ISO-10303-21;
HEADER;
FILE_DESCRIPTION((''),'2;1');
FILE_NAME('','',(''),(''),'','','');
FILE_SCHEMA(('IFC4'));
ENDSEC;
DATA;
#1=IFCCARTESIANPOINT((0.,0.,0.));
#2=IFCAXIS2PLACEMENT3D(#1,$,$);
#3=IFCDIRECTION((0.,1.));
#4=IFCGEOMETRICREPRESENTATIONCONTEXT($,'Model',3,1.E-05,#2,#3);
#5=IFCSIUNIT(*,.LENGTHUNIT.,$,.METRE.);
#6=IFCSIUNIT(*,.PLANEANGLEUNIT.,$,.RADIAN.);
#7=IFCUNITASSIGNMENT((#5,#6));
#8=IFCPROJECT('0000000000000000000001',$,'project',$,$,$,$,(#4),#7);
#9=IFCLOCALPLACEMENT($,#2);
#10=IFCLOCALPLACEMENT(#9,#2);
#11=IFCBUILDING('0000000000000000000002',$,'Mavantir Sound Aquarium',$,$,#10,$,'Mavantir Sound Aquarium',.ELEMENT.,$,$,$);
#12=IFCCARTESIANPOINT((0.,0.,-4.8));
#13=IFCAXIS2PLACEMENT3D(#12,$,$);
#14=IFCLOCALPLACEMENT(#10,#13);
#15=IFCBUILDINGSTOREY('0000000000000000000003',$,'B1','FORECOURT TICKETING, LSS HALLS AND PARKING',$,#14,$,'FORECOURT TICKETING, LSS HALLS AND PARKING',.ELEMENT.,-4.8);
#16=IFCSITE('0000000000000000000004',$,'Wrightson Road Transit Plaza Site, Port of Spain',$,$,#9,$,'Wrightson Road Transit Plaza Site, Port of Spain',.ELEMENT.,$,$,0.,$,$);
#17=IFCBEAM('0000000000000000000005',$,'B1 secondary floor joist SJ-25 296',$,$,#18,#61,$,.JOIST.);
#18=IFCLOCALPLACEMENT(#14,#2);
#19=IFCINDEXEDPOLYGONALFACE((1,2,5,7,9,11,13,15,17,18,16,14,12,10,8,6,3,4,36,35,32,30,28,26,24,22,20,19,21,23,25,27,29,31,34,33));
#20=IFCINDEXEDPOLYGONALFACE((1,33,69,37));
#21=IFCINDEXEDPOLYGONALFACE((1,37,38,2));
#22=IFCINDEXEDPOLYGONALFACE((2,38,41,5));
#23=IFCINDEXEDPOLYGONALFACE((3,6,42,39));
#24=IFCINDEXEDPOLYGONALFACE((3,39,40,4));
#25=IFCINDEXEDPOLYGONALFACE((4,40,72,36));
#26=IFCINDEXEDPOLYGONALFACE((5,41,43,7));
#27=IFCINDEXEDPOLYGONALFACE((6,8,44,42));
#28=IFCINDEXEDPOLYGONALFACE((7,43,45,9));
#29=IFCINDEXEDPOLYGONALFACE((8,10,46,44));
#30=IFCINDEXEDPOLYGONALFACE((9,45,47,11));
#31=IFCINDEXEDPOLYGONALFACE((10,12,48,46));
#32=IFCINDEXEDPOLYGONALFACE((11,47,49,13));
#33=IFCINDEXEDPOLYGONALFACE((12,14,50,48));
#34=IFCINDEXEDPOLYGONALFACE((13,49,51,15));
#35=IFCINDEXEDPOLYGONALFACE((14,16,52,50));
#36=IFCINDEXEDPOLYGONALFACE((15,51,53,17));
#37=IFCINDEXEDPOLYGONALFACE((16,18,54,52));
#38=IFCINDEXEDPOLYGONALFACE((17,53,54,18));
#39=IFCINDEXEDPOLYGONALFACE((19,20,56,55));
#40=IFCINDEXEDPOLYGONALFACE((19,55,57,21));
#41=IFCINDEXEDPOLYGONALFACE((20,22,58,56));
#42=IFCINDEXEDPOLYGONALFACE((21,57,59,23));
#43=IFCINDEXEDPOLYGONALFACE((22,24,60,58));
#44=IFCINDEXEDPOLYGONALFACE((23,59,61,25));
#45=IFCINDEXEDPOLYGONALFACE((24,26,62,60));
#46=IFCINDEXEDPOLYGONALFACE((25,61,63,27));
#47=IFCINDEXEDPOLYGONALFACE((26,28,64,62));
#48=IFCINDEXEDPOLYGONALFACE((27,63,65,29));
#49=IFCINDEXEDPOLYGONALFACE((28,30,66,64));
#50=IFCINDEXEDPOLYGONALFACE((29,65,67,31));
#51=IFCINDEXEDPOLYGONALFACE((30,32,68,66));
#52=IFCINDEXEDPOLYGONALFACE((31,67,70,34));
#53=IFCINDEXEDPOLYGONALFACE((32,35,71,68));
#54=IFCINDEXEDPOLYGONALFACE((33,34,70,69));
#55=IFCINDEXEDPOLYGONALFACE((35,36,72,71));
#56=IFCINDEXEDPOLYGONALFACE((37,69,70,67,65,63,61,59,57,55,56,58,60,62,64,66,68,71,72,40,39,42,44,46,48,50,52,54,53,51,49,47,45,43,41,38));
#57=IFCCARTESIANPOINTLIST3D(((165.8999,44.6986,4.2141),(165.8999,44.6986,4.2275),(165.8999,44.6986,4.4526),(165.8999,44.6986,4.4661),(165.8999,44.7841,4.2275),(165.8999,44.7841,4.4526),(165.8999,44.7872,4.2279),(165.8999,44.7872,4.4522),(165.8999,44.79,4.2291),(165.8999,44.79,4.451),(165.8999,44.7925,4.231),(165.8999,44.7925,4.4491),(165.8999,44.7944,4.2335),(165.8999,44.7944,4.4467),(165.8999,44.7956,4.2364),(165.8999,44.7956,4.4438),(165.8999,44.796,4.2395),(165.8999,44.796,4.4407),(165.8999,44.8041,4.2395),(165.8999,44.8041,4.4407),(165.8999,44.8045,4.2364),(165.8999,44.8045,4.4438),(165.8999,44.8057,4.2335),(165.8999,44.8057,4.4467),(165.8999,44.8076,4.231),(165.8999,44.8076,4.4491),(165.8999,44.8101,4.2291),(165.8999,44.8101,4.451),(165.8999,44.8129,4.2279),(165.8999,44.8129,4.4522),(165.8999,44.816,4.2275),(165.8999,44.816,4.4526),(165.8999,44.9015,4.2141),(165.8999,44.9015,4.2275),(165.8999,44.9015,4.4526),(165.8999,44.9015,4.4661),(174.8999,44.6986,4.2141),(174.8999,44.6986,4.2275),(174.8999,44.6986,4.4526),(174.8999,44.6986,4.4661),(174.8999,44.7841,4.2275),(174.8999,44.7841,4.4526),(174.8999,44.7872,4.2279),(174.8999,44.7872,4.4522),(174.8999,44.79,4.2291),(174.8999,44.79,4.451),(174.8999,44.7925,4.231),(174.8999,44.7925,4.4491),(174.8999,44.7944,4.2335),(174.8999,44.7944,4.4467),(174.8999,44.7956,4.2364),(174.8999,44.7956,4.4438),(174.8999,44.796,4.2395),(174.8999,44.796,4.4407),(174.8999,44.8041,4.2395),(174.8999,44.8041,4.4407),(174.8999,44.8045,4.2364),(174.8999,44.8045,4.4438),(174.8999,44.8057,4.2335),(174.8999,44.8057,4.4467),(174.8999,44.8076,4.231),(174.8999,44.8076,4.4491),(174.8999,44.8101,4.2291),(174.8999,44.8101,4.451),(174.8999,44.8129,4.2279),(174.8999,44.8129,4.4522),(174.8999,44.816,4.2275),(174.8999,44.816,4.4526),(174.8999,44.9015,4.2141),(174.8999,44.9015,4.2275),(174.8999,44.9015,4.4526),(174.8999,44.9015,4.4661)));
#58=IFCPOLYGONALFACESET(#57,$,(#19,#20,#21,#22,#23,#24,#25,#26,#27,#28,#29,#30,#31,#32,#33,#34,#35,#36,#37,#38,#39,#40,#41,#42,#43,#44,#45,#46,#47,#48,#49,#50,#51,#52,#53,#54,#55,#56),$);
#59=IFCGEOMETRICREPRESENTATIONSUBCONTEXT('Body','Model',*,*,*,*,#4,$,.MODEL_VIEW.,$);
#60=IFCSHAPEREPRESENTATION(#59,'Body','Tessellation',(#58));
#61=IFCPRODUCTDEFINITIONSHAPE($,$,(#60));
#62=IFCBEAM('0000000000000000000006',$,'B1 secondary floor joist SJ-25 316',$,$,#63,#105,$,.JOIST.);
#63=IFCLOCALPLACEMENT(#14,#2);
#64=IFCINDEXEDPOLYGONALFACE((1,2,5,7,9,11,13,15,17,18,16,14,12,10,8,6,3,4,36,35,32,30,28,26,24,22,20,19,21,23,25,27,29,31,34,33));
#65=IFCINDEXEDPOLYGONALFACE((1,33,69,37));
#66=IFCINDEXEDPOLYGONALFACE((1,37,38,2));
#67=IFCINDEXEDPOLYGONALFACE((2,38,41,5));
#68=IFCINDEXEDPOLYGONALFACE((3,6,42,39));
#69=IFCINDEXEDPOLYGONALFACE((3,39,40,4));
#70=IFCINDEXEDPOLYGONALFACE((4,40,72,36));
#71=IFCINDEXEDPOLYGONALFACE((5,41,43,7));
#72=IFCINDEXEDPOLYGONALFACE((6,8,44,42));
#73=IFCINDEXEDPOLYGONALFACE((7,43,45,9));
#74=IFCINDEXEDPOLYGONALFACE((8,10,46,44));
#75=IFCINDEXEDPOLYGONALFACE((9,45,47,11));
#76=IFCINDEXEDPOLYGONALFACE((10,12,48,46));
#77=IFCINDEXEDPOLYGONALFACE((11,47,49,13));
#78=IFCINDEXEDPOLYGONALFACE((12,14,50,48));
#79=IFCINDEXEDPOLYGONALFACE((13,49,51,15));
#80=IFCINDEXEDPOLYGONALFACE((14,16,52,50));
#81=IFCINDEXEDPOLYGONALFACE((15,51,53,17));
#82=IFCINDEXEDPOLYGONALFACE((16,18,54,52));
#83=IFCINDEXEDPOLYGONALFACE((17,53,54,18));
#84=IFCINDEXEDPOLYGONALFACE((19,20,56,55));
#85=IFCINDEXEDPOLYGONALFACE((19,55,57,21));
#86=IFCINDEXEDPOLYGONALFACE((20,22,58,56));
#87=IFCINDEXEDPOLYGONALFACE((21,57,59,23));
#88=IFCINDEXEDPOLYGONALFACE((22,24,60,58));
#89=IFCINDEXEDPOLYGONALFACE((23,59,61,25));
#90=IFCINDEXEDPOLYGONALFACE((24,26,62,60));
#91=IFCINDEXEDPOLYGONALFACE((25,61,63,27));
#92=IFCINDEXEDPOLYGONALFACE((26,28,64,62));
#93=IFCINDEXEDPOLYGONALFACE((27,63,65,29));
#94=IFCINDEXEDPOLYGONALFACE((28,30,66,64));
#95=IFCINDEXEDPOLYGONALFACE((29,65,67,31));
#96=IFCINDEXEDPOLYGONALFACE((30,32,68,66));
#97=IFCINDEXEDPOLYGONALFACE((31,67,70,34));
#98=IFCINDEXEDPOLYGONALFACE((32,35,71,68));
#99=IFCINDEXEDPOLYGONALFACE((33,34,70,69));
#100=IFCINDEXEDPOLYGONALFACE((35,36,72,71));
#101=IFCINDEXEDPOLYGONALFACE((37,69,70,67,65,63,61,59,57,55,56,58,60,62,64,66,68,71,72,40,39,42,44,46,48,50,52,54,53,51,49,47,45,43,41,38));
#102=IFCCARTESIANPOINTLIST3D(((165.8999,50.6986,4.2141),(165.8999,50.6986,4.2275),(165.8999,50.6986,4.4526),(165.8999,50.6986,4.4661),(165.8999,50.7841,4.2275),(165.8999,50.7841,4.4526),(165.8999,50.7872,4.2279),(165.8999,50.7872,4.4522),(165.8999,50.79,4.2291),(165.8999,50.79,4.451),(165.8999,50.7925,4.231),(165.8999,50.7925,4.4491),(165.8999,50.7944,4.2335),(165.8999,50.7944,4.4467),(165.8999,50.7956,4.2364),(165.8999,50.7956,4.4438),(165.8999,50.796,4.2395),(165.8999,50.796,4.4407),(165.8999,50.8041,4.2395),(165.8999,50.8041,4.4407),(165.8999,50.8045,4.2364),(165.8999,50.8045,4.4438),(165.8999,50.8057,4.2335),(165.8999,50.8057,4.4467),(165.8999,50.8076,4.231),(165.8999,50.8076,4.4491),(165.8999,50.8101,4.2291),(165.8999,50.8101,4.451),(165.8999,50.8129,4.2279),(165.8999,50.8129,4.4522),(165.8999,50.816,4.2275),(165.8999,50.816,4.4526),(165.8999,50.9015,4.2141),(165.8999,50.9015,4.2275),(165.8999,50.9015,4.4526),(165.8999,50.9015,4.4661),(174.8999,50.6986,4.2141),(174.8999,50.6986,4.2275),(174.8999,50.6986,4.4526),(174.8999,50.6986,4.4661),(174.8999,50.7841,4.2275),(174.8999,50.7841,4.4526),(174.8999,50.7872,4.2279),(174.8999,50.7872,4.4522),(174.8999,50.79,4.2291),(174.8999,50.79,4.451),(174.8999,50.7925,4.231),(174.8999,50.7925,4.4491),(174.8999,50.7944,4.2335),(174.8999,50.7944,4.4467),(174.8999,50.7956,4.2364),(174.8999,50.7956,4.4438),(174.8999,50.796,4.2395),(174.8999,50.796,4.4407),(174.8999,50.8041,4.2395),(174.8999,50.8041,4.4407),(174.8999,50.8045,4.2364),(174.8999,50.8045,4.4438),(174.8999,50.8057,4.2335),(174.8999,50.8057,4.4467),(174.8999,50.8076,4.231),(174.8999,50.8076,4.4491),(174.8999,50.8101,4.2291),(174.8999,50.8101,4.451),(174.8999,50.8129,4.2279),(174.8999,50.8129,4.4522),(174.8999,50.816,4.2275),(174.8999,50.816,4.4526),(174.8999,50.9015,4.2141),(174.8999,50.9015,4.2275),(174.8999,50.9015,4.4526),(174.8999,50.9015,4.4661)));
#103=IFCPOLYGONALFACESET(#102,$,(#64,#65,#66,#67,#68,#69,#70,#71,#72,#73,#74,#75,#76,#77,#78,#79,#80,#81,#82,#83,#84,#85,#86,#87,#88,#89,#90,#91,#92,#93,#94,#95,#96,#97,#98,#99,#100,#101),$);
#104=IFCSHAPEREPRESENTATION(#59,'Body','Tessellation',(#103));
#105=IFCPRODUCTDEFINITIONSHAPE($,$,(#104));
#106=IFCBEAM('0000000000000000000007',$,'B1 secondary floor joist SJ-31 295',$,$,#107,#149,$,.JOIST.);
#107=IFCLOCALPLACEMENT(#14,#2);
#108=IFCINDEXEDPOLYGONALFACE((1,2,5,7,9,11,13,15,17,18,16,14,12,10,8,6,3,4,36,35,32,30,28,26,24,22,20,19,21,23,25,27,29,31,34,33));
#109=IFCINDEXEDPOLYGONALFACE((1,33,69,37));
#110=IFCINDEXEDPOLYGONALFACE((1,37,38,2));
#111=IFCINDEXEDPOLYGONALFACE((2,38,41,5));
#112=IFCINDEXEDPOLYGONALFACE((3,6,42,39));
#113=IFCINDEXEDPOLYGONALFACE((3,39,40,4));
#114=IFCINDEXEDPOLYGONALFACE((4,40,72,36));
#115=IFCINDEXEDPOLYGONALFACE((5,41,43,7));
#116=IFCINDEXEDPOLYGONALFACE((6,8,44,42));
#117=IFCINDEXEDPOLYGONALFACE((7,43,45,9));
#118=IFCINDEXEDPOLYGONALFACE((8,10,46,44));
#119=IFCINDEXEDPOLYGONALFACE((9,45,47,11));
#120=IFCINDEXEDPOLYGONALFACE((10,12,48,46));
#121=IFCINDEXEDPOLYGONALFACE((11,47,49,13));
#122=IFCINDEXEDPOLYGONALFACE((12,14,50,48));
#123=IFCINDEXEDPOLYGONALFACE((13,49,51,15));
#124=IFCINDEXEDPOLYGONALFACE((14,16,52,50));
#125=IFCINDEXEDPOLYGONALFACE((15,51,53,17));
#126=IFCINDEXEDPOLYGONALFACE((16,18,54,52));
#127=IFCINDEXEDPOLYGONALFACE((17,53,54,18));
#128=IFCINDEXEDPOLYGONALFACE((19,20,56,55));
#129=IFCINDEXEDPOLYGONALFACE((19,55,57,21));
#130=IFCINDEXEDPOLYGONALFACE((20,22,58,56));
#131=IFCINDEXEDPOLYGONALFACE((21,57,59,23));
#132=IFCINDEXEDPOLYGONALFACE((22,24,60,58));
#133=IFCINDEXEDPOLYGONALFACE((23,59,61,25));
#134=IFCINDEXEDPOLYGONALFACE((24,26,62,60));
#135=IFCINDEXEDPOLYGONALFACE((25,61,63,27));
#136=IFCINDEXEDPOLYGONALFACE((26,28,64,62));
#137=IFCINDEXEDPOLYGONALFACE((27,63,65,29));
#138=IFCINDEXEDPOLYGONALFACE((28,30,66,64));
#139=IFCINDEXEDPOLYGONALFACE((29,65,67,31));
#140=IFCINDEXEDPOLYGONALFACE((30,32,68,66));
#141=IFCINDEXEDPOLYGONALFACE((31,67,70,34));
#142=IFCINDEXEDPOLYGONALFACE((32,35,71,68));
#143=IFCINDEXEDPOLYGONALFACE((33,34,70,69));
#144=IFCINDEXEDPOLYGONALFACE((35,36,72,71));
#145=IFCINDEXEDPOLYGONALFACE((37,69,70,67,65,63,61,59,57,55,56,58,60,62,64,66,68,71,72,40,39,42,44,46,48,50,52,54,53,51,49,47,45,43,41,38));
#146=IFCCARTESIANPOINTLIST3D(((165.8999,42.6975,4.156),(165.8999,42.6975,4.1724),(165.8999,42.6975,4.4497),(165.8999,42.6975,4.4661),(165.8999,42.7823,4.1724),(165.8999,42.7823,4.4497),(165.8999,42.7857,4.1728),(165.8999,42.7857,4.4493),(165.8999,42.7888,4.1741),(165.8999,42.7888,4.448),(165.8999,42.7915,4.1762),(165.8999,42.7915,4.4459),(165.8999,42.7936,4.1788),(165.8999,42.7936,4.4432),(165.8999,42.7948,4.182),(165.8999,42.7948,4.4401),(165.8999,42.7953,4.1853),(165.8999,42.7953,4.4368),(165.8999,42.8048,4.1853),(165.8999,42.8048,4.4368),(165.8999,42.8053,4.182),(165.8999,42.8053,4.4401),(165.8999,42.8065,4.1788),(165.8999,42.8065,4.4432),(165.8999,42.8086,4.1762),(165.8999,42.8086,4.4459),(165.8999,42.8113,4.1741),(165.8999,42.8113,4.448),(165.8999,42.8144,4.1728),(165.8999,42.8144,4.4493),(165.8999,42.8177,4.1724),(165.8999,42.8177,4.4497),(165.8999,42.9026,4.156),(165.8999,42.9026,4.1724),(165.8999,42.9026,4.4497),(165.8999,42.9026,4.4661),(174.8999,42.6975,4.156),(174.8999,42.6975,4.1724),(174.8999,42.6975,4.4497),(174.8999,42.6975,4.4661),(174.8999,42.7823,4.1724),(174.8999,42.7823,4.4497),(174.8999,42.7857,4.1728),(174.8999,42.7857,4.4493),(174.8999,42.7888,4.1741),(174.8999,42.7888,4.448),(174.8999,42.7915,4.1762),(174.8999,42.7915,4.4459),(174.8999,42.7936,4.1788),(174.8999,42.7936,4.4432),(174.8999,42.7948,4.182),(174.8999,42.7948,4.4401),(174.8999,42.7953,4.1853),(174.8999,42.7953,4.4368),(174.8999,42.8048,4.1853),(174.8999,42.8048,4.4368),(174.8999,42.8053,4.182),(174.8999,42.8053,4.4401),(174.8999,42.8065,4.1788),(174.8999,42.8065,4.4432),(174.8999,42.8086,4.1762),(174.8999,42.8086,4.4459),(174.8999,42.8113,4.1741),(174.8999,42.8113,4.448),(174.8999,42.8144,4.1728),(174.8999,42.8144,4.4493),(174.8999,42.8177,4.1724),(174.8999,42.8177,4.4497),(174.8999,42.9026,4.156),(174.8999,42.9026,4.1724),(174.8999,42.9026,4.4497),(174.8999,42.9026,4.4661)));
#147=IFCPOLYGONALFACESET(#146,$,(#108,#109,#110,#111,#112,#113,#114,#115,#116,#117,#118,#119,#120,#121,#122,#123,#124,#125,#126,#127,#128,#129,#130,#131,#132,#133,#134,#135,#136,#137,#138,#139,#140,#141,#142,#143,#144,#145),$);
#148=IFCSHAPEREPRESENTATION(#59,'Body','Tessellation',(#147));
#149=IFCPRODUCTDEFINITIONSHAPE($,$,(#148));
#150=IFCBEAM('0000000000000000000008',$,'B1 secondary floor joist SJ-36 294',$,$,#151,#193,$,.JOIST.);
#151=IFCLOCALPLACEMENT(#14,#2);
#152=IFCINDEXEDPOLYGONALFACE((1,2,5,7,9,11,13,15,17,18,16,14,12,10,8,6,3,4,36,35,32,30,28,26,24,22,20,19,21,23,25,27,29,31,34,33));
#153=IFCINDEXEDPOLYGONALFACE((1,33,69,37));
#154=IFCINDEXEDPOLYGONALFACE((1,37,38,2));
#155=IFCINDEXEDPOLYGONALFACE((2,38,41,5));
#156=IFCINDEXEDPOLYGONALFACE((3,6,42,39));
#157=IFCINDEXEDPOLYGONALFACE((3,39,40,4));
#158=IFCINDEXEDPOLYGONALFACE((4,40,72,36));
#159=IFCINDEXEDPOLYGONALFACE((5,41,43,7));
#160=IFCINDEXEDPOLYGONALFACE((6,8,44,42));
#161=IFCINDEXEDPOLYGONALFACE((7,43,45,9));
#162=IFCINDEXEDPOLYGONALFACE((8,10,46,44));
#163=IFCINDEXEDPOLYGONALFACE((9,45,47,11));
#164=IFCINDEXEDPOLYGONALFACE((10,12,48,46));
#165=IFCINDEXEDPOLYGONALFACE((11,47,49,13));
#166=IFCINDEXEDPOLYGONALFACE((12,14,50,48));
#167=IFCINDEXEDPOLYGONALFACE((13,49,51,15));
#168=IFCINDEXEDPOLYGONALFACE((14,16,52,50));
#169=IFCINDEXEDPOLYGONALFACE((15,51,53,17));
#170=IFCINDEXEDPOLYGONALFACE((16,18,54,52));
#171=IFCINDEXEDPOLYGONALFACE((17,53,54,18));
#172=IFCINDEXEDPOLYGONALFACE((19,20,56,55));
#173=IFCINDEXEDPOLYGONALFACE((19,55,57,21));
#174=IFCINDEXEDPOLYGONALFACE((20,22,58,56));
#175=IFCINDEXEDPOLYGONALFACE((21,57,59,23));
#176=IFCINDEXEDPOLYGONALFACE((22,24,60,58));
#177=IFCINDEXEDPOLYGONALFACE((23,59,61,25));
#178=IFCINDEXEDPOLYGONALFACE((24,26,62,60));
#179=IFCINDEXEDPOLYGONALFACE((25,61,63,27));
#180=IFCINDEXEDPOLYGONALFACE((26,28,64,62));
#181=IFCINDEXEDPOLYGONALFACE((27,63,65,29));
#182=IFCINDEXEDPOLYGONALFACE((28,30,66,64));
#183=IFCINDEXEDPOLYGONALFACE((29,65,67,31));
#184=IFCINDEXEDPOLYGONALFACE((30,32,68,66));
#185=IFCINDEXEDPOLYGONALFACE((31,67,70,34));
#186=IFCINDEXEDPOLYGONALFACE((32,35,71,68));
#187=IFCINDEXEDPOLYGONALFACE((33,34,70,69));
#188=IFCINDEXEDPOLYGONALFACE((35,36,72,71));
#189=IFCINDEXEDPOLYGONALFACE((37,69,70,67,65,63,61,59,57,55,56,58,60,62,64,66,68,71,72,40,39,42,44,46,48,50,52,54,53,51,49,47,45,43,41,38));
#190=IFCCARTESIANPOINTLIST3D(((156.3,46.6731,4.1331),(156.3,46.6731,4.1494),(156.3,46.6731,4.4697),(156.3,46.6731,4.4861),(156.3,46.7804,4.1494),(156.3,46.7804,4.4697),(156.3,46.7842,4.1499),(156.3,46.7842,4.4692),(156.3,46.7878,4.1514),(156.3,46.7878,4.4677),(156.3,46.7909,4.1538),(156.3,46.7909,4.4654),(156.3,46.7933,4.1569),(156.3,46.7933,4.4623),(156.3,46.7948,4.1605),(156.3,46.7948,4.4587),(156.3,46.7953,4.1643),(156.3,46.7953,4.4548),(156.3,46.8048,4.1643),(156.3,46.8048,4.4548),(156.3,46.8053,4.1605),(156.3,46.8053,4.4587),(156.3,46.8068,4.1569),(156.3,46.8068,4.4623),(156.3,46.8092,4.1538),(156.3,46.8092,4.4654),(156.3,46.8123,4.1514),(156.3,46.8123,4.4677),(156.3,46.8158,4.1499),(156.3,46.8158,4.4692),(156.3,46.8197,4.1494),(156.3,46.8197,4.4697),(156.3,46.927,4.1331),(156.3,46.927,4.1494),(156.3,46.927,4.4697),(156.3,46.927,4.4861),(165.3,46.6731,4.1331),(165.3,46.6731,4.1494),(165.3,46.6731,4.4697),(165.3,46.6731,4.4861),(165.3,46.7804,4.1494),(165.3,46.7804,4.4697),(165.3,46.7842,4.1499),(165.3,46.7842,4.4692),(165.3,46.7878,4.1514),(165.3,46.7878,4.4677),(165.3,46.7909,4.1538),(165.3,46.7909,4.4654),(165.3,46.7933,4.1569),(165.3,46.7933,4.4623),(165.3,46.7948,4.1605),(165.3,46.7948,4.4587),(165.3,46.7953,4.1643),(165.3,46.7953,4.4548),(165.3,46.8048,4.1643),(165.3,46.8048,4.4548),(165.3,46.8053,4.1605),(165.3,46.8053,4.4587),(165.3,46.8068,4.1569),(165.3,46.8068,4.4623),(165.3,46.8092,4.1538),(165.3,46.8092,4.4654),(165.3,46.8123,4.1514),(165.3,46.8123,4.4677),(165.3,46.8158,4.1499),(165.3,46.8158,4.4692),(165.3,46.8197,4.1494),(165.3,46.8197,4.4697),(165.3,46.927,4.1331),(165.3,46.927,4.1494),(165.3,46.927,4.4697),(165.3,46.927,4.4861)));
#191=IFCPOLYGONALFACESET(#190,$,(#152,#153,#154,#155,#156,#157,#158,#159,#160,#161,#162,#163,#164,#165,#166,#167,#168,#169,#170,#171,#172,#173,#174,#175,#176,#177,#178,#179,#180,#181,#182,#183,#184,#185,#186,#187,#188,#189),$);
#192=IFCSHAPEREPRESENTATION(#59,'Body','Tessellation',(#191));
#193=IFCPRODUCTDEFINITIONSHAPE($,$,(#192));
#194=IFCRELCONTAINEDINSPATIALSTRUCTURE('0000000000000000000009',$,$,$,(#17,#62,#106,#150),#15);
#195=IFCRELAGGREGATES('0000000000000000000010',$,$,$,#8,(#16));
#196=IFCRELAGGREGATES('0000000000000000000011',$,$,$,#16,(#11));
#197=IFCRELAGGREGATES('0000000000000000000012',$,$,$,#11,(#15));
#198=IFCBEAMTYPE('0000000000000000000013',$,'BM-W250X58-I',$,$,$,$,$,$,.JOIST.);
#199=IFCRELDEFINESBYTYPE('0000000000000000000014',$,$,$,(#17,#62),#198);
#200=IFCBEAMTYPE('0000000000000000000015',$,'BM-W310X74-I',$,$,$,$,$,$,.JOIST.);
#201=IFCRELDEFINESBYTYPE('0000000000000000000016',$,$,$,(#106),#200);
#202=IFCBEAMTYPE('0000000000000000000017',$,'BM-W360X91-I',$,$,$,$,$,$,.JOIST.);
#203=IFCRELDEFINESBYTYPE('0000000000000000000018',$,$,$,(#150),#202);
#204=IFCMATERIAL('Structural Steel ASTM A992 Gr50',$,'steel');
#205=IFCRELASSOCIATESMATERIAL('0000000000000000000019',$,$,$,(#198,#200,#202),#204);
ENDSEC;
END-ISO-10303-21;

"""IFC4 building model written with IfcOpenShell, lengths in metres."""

from ifc_helpers import new_model, si_unit, direction, frame, origin, origin_2d, place, context, subcontext, project, spatial, i_section, extrude, material, material_profile, profile_set, type_object, element, save


model = new_model("IFC4")

# Units and contexts
model_context = context("Model", 3, precision=1e-05, world=origin(), true_north=direction((0.0, 1.0)))
body_context = subcontext(model_context, "Body", "Model", "MODEL_VIEW")
ifc_project = project(units=[si_unit("LENGTHUNIT", "METRE"), si_unit("PLANEANGLEUNIT", "RADIAN")], contexts=[model_context])

# Site, building, storey
site_placement = place(None, origin())
site = spatial("IfcSite", under=ifc_project, at=site_placement, Name="Wrightson Road Transit Plaza Site, Port of Spain", LongName="Wrightson Road Transit Plaza Site, Port of Spain", CompositionType="ELEMENT", RefElevation=0.0)
building_placement = place(site_placement, origin())
building = spatial("IfcBuilding", under=site, at=building_placement, Name="Mavantir Sound Aquarium", LongName="Mavantir Sound Aquarium", CompositionType="ELEMENT")
storey_placement = place(building_placement, frame((0.0, 0.0, -4.8)))
storey = spatial("IfcBuildingStorey", under=building, at=storey_placement, Name="B1", Description="FORECOURT TICKETING, LSS HALLS AND PARKING", LongName="FORECOURT TICKETING, LSS HALLS AND PARKING", CompositionType="ELEMENT", Elevation=-4.8)

# Beams
ifc_material_1 = material(Name="Structural Steel ASTM A992 Gr50", Category="steel")
ifc_material_profile_1 = material_profile(ifc_material_1, i_section(OverallWidth=0.2029, OverallDepth=0.252, WebThickness=0.0081, FlangeThickness=0.0134, FilletRadius=0.012, at=origin_2d()), Name="W250X58")
ifc_profile_set_1 = profile_set([ifc_material_profile_1], Name="Structural Steel ASTM A992 Gr50")
beam_type_1 = type_object("IfcBeamType", Name="BM-W250X58-I", PredefinedType="JOIST", material=ifc_profile_set_1)
for number, where, z_axis, x_axis, name in (
    (1, (165.8999, 44.8, 4.3401), (1.0, 0.0, 0.0), (0.0, 1.0, 0.0), "B1 secondary floor joist SJ-25 296"),
    (2, (165.8999, 50.8, 4.3401), (1.0, 0.0, 0.0), (0.0, 1.0, 0.0), "B1 secondary floor joist SJ-25 316"),
):
    element("IfcBeam", number, at=place(storey_placement, frame(where, z_axis=z_axis, x_axis=x_axis)), inside=storey, type_object=beam_type_1, Name=name, PredefinedType="JOIST", context=body_context, shape_type="SweptSolid", body=[
        extrude(i_section(OverallWidth=0.2029, OverallDepth=0.252, WebThickness=0.0081, FlangeThickness=0.0134, FilletRadius=0.012, at=origin_2d()), origin(), (0.0, 0.0, 1.0), 9.0),
    ])
ifc_material_profile_2 = material_profile(ifc_material_1, i_section(OverallWidth=0.2051, OverallDepth=0.3101, WebThickness=0.0095, FlangeThickness=0.0164, FilletRadius=0.0129, at=origin_2d()), Name="W310X74")
ifc_profile_set_2 = profile_set([ifc_material_profile_2], Name="Structural Steel ASTM A992 Gr50")
beam_type_2 = type_object("IfcBeamType", Name="BM-W310X74-I", PredefinedType="JOIST", material=ifc_profile_set_2)
beam_placement = place(storey_placement, frame((165.8999, 42.8, 4.311), z_axis=(1.0, 0.0, 0.0), x_axis=(0.0, 1.0, 0.0)))
element("IfcBeam", 3, at=beam_placement, inside=storey, type_object=beam_type_2, Name="B1 secondary floor joist SJ-31 295", PredefinedType="JOIST", context=body_context, shape_type="SweptSolid", body=[
    extrude(i_section(OverallWidth=0.2051, OverallDepth=0.3101, WebThickness=0.0095, FlangeThickness=0.0164, FilletRadius=0.0129, at=origin_2d()), origin(), (0.0, 0.0, 1.0), 9.0),
])
ifc_material_profile_3 = material_profile(ifc_material_1, i_section(OverallWidth=0.2539, OverallDepth=0.353, WebThickness=0.0095, FlangeThickness=0.0164, FilletRadius=0.0149, at=origin_2d()), Name="W360X91")
ifc_profile_set_3 = profile_set([ifc_material_profile_3], Name="Structural Steel ASTM A992 Gr50")
beam_type_3 = type_object("IfcBeamType", Name="BM-W360X91-I", PredefinedType="JOIST", material=ifc_profile_set_3)
for number, where, z_axis, x_axis, name in (
    (4, (156.3, 46.8, 4.3096), (1.0, 0.0, 0.0), (0.0, 1.0, 0.0), "B1 secondary floor joist SJ-36 294"),
):
    element("IfcBeam", number, at=place(storey_placement, frame(where, z_axis=z_axis, x_axis=x_axis)), inside=storey, type_object=beam_type_3, Name=name, PredefinedType="JOIST", context=body_context, shape_type="SweptSolid", body=[
        extrude(i_section(OverallWidth=0.2539, OverallDepth=0.353, WebThickness=0.0095, FlangeThickness=0.0164, FilletRadius=0.0149, at=origin_2d()), origin(), (0.0, 0.0, 1.0), 9.0),
    ])

save(model, "model.ifc")
